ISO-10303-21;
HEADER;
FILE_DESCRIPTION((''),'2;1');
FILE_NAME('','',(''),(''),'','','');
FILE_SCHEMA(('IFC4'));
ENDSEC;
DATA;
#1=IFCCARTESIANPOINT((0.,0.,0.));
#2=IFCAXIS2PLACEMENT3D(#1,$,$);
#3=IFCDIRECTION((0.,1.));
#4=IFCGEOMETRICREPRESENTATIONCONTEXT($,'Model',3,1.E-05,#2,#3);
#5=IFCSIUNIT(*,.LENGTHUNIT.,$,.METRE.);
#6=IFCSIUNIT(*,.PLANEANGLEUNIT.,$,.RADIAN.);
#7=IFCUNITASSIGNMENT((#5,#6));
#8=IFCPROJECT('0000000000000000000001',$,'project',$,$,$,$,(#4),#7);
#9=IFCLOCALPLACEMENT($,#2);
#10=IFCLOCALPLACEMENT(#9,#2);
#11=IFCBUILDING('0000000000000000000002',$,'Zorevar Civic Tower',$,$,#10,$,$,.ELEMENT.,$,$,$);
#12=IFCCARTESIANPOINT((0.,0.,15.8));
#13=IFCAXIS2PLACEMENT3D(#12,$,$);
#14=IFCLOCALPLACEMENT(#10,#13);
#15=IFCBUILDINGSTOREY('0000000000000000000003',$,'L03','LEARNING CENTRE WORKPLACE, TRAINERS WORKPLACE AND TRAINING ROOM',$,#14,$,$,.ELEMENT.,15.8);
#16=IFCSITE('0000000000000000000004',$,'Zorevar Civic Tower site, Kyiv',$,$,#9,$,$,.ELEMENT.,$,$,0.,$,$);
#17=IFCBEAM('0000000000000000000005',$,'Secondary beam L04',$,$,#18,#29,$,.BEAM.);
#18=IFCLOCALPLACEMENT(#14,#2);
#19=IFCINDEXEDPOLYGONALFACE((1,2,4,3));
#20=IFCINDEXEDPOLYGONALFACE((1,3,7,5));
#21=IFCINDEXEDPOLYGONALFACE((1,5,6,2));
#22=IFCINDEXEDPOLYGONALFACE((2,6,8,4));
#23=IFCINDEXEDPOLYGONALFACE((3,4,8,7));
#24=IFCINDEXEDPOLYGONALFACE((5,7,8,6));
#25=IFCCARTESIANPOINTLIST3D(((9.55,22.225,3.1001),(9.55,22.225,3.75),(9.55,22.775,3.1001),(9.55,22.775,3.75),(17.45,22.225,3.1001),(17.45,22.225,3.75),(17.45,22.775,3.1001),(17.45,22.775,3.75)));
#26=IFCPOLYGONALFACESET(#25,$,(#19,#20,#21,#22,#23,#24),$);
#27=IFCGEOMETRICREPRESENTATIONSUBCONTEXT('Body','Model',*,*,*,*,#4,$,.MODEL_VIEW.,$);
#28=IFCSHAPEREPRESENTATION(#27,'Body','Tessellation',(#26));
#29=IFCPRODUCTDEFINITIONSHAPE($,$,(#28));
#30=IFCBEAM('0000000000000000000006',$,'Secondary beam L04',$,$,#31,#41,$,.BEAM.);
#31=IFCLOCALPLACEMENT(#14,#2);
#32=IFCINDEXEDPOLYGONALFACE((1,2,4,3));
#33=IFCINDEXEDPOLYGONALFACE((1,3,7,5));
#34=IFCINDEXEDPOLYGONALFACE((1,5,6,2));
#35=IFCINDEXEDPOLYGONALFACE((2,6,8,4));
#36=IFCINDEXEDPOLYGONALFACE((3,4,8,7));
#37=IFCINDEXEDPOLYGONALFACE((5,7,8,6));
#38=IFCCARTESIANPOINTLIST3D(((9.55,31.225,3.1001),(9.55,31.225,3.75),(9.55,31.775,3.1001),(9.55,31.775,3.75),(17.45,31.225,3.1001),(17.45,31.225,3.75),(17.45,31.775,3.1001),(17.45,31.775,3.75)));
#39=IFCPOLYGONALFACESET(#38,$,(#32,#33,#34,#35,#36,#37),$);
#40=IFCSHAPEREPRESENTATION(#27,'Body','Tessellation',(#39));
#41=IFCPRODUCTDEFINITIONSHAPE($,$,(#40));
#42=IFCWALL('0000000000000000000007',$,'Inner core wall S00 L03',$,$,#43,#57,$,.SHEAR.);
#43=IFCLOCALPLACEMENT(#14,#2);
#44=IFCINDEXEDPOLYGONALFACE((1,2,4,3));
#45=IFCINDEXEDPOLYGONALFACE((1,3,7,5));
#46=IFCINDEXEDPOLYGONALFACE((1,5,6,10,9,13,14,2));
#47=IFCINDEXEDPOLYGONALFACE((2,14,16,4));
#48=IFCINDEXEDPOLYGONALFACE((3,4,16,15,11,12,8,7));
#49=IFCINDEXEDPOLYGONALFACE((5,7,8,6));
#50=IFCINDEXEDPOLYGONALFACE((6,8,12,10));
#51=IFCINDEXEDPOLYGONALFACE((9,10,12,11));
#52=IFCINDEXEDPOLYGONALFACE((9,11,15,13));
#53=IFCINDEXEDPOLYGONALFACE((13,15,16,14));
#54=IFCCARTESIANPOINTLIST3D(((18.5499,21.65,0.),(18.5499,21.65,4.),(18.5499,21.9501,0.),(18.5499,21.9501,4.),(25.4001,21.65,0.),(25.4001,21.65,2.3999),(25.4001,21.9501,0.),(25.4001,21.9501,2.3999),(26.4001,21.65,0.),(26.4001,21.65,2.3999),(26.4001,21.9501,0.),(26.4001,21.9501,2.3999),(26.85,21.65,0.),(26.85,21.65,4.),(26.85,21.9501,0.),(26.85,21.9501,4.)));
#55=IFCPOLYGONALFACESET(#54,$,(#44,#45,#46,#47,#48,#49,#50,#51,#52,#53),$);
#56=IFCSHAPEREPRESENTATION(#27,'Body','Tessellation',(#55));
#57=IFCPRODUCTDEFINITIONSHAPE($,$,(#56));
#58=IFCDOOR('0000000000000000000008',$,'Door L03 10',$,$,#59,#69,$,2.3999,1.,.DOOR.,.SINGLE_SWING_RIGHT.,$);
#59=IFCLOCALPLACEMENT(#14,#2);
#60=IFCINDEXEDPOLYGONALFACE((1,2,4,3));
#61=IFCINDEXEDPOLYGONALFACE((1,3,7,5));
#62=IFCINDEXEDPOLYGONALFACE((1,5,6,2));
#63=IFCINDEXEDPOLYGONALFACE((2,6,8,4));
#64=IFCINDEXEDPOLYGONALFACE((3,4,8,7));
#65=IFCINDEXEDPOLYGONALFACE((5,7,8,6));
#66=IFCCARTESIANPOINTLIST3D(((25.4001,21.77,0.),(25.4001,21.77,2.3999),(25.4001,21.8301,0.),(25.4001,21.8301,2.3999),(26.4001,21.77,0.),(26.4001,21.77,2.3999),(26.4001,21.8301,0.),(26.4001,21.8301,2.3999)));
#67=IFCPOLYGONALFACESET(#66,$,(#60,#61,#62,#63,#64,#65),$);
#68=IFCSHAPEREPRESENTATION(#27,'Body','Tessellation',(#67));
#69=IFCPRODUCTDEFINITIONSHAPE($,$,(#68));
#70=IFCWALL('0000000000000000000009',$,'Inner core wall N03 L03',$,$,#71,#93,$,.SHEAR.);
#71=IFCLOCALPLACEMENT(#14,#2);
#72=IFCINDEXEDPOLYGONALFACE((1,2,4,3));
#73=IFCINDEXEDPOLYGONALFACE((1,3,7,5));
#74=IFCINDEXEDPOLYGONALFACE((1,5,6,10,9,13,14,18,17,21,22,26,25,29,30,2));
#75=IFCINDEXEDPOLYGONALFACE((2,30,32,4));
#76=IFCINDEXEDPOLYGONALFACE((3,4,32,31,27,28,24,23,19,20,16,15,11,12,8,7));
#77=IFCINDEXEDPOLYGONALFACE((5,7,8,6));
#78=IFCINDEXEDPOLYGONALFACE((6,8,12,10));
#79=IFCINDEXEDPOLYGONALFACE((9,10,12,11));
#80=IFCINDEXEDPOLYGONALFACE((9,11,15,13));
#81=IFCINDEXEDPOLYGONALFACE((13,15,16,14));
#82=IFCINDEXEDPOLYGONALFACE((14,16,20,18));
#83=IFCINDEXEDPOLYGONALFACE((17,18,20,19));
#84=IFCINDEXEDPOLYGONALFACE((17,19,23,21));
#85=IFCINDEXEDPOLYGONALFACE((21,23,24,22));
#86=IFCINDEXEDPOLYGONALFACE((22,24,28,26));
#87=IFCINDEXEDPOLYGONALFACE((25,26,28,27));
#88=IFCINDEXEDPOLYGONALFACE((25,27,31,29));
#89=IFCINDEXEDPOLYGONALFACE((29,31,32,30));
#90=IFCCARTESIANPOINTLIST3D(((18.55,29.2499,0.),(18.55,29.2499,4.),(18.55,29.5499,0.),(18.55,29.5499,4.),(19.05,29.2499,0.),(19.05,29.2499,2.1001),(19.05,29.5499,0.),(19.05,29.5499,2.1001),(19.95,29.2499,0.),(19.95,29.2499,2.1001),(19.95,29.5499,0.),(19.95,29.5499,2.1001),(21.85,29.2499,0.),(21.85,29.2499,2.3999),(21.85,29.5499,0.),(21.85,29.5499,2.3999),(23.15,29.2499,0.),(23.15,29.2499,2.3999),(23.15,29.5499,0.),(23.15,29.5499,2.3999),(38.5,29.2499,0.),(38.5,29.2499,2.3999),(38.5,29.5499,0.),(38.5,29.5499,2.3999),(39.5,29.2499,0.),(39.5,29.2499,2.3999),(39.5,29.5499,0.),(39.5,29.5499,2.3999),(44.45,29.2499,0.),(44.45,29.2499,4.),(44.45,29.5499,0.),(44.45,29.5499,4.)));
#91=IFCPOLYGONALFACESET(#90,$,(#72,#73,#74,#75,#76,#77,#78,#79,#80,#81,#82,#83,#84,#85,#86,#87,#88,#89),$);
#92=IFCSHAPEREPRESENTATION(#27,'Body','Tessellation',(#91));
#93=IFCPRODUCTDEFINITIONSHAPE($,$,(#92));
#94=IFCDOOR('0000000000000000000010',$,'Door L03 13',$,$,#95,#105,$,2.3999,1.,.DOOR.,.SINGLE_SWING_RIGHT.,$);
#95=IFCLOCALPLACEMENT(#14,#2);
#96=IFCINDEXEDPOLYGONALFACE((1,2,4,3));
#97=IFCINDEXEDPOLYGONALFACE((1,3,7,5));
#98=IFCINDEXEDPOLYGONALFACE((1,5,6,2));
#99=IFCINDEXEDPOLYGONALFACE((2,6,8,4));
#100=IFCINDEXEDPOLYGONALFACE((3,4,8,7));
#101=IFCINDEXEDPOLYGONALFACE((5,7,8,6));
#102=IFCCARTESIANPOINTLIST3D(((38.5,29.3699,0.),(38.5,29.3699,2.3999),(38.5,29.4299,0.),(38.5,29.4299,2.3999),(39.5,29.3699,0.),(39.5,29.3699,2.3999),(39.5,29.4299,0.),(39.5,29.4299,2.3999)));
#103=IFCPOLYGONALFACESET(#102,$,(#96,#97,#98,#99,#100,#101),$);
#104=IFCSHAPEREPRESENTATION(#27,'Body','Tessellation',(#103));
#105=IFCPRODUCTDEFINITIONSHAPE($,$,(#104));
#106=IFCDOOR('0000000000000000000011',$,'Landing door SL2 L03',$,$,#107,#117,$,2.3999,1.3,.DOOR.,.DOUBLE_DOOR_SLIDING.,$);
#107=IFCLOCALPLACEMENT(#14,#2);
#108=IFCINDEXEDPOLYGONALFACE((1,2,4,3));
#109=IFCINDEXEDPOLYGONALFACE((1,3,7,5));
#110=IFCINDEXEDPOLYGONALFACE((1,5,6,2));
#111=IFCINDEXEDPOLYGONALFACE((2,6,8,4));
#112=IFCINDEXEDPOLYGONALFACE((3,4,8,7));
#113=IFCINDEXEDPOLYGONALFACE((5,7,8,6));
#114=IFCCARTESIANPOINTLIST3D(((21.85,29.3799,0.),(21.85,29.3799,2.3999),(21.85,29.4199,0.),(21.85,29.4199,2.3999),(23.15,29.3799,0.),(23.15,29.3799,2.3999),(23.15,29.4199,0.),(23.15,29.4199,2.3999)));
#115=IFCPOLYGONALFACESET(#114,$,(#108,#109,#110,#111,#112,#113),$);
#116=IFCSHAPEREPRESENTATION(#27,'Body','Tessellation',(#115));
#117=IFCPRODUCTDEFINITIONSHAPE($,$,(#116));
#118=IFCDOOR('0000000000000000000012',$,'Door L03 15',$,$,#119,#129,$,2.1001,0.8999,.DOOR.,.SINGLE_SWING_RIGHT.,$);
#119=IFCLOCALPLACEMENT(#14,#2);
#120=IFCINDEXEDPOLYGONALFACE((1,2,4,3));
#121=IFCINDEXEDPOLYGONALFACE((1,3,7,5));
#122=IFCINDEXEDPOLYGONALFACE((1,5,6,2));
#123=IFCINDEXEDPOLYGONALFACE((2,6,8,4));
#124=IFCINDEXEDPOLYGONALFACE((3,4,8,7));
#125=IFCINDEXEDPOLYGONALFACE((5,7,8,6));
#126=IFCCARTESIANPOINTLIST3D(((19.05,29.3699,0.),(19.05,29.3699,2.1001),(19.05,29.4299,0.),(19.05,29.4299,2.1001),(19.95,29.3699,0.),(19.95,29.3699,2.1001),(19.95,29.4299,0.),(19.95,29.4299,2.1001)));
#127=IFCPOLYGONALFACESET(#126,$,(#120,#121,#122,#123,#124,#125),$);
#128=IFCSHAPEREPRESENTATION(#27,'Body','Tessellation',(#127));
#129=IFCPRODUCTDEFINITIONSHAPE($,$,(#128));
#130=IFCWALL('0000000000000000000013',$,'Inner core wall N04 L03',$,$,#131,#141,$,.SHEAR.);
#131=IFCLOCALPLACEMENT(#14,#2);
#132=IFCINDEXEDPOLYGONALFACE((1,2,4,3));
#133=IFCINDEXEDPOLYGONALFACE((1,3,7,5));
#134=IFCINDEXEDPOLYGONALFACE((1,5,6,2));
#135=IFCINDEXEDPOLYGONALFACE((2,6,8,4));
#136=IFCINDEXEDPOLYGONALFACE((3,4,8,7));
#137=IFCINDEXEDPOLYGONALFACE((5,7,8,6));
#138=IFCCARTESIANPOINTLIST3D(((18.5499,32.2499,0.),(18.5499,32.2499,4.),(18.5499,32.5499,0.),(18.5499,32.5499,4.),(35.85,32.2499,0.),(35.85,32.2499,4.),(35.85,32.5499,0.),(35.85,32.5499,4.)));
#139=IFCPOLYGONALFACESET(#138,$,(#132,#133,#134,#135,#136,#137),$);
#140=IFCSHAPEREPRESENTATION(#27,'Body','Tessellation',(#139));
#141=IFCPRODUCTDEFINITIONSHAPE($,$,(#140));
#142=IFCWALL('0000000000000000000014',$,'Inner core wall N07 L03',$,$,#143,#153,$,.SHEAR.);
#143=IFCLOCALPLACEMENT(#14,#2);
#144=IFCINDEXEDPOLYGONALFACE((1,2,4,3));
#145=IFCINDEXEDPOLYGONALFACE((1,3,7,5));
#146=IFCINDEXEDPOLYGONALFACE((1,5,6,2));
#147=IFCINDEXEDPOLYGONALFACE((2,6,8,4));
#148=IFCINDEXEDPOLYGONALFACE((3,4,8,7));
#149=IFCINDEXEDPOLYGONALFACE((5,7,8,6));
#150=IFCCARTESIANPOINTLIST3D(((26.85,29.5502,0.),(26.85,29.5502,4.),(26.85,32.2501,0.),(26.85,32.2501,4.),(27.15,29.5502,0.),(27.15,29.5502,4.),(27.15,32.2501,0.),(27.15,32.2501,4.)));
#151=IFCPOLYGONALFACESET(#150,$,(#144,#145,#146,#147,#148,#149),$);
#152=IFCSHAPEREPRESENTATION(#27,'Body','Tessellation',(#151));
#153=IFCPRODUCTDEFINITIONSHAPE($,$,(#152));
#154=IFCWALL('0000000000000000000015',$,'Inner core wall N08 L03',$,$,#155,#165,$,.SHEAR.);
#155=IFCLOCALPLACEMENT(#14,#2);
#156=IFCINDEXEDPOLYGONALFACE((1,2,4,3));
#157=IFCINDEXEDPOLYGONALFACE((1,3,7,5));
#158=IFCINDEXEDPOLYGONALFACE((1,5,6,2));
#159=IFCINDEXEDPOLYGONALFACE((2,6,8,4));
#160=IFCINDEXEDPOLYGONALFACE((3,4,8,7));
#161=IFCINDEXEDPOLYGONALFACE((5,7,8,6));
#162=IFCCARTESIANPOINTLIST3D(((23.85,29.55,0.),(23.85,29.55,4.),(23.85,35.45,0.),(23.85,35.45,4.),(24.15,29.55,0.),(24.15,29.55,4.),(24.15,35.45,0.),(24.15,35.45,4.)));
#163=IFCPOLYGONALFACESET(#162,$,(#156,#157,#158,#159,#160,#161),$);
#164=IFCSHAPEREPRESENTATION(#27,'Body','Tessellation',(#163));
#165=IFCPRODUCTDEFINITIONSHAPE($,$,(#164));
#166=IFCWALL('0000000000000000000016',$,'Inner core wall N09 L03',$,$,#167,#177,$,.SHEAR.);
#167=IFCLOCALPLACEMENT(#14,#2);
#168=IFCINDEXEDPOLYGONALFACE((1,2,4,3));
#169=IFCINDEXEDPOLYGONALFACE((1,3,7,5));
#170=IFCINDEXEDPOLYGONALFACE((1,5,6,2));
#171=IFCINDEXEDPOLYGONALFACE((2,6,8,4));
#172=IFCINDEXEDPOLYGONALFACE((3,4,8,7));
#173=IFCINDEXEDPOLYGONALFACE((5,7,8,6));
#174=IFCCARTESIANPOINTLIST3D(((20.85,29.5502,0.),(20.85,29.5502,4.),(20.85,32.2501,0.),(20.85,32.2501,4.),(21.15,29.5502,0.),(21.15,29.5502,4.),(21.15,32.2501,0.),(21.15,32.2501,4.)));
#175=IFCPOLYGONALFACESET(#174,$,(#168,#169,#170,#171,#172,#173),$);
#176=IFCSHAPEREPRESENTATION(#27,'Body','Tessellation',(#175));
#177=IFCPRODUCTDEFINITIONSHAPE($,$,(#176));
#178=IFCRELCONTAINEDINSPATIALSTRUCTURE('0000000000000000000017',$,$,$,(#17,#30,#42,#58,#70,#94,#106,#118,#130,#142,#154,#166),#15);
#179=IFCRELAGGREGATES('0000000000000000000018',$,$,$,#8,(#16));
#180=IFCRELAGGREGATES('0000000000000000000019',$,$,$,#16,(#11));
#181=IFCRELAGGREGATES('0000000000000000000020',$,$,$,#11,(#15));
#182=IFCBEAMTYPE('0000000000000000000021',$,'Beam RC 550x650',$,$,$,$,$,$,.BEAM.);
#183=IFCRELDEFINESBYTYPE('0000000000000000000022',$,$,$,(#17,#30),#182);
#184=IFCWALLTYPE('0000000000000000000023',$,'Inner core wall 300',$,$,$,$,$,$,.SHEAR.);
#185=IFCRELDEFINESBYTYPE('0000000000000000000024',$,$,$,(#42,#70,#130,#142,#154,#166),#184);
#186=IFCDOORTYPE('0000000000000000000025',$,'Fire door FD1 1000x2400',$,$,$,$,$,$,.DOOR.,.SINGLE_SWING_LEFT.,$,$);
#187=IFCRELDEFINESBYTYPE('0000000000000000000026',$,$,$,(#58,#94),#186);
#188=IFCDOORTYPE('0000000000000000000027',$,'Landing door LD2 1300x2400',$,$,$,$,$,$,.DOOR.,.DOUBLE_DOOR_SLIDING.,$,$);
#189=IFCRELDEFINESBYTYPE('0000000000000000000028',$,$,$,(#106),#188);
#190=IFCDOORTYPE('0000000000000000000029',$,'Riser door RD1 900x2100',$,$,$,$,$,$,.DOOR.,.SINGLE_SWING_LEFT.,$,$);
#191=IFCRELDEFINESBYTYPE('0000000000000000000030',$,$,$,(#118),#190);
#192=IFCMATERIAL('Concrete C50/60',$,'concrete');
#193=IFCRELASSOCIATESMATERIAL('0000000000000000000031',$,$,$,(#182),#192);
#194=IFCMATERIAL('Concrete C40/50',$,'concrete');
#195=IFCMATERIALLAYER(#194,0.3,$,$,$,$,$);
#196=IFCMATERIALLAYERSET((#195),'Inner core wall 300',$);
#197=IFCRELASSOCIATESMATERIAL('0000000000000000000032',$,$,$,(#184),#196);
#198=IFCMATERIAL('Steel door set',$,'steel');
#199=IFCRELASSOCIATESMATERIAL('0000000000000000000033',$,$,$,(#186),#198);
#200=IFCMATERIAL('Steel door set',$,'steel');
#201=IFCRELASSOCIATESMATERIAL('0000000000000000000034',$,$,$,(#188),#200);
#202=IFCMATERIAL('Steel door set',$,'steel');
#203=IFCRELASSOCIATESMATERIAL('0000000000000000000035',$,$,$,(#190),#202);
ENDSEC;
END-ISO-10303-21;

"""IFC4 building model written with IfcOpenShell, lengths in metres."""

from ifc_helpers import new_model, si_unit, direction, frame, frame_2d, origin, origin_2d, place, context, subcontext, project, spatial, rectangle, extrude, material, layer, layer_set, material_profile, profile_set, type_object, element, fill, save


model = new_model("IFC4")

# Units and contexts
model_context = context("Model", 3, precision=1e-05, world=origin(), true_north=direction((0.0, 1.0)))
body_context = subcontext(model_context, "Body", "Model", "MODEL_VIEW")
ifc_project = project(units=[si_unit("LENGTHUNIT", "METRE"), si_unit("PLANEANGLEUNIT", "RADIAN")], contexts=[model_context])

# Site, building, storey
site_placement = place(None, origin())
site = spatial("IfcSite", under=ifc_project, at=site_placement, Name="Zorevar Civic Tower site, Kyiv", CompositionType="ELEMENT", RefElevation=0.0)
building_placement = place(site_placement, origin())
building = spatial("IfcBuilding", under=site, at=building_placement, Name="Zorevar Civic Tower", CompositionType="ELEMENT")
storey_placement = place(building_placement, frame((0.0, 0.0, 15.8)))
storey = spatial("IfcBuildingStorey", under=building, at=storey_placement, Name="L03", Description="LEARNING CENTRE WORKPLACE, TRAINERS WORKPLACE AND TRAINING ROOM", CompositionType="ELEMENT", Elevation=15.8)

# Beams
ifc_material_1 = material(Name="Concrete C50/60", Category="concrete")
ifc_material_profile = material_profile(ifc_material_1, rectangle(XDim=0.55, YDim=0.6499, at=origin_2d()), Name="RC 550x650")
ifc_profile_set = profile_set([ifc_material_profile], Name="Concrete C50/60")
beam_type = type_object("IfcBeamType", Name="Beam RC 550x650", PredefinedType="BEAM", material=ifc_profile_set)
for number, where, z_axis, x_axis, name in (
    (1, (9.55, 22.5, 3.425), (1.0, 0.0, 0.0), (0.0, 1.0, 0.0), "Secondary beam L04"),
    (2, (9.55, 31.5, 3.425), (1.0, 0.0, 0.0), (0.0, 1.0, 0.0), "Secondary beam L04"),
):
    element("IfcBeam", number, at=place(storey_placement, frame(where, z_axis=z_axis, x_axis=x_axis)), inside=storey, type_object=beam_type, Name=name, PredefinedType="BEAM", context=body_context, shape_type="SweptSolid", body=[
        extrude(rectangle(XDim=0.55, YDim=0.6499, at=origin_2d()), origin(), (0.0, 0.0, 1.0), 7.8999),
    ])

# Wall, opening, door
ifc_material_2 = material(Name="Concrete C40/50", Category="concrete")
ifc_layer = layer(ifc_material_2, 0.3)
ifc_layer_set = layer_set([ifc_layer], Name="Inner core wall 300")
wall_type = type_object("IfcWallType", Name="Inner core wall 300", PredefinedType="SHEAR", material=ifc_layer_set)
wall_1_placement = place(storey_placement, frame((18.55, 21.8, 0.0), z_axis=(0.0, 0.0, 1.0), x_axis=(1.0, 0.0, 0.0)))
wall_1 = element("IfcWall", 3, at=wall_1_placement, inside=storey, type_object=wall_type, Name="Inner core wall S00 L03", PredefinedType="SHEAR", context=body_context, shape_type="SweptSolid", body=[
    extrude(rectangle(XDim=8.3, YDim=0.3, at=frame_2d((4.1499, 0.0))), origin(), (0.0, 0.0, 1.0), 4.0),
])
opening_1_placement = place(wall_1_placement, frame((6.8501, 0.0, 0.0)))
opening_1 = element("IfcOpeningElement", 4, at=opening_1_placement, cuts=wall_1, PredefinedType="OPENING", context=body_context, shape_type="SweptSolid", body=[
    extrude(rectangle(XDim=1.0, YDim=2.3999, at=frame_2d((0.5, 1.2))), frame((0.0, 0.1599, 0.0), z_axis=(0.0, -1.0, 0.0), x_axis=(1.0, 0.0, 0.0)), (0.0, 0.0, 1.0), 0.3201),
])
ifc_material_3 = material(Name="Steel door set", Category="steel")
door_type_1 = type_object("IfcDoorType", Name="Fire door FD1 1000x2400", OperationType="SINGLE_SWING_LEFT", PredefinedType="DOOR", material=ifc_material_3)
door_1_placement = place(opening_1_placement, origin())
door_1 = element("IfcDoor", 5, at=door_1_placement, inside=storey, type_object=door_type_1, Name="Door L03 10", OperationType="SINGLE_SWING_RIGHT", OverallHeight=2.3999, OverallWidth=1.0, PredefinedType="DOOR", context=body_context, shape_type="SweptSolid", body=[
    extrude(rectangle(XDim=1.0, YDim=2.3999, at=frame_2d((0.5, 1.2))), frame((0.0, 0.03, 0.0), z_axis=(0.0, -1.0, 0.0), x_axis=(1.0, 0.0, 0.0)), (0.0, 0.0, 1.0), 0.0601),
])
fill(opening_1, door_1)

# Wall, openings, doors
ifc_material_4 = material(Name="Steel door set", Category="steel")
door_type_2 = type_object("IfcDoorType", Name="Landing door LD2 1300x2400", OperationType="DOUBLE_DOOR_SLIDING", PredefinedType="DOOR", material=ifc_material_4)
ifc_material_5 = material(Name="Steel door set", Category="steel")
door_type_3 = type_object("IfcDoorType", Name="Riser door RD1 900x2100", OperationType="SINGLE_SWING_LEFT", PredefinedType="DOOR", material=ifc_material_5)
wall_2_placement = place(storey_placement, frame((18.55, 29.3999, 0.0), z_axis=(0.0, 0.0, 1.0), x_axis=(1.0, 0.0, 0.0)))
wall_2 = element("IfcWall", 6, at=wall_2_placement, inside=storey, type_object=wall_type, Name="Inner core wall N03 L03", PredefinedType="SHEAR", context=body_context, shape_type="SweptSolid", body=[
    extrude(rectangle(XDim=25.8999, YDim=0.3, at=frame_2d((12.95, 0.0))), origin(), (0.0, 0.0, 1.0), 4.0),
])
opening_2_placement = place(wall_2_placement, frame((19.95, 0.0, 0.0)))
opening_2 = element("IfcOpeningElement", 7, at=opening_2_placement, cuts=wall_2, PredefinedType="OPENING", context=body_context, shape_type="SweptSolid", body=[
    extrude(rectangle(XDim=1.0, YDim=2.3999, at=frame_2d((0.5, 1.2))), frame((0.0, 0.1599, 0.0), z_axis=(0.0, -1.0, 0.0), x_axis=(1.0, 0.0, 0.0)), (0.0, 0.0, 1.0), 0.3201),
])
opening_3_placement = place(wall_2_placement, frame((0.5, 0.0, 0.0)))
opening_3 = element("IfcOpeningElement", 8, at=opening_3_placement, cuts=wall_2, PredefinedType="OPENING", context=body_context, shape_type="SweptSolid", body=[
    extrude(rectangle(XDim=0.8999, YDim=2.1001, at=frame_2d((0.45, 1.05))), frame((0.0, 0.1599, 0.0), z_axis=(0.0, -1.0, 0.0), x_axis=(1.0, 0.0, 0.0)), (0.0, 0.0, 1.0), 0.3201),
])
opening_4_placement = place(wall_2_placement, frame((3.3, 0.0, 0.0)))
opening_4 = element("IfcOpeningElement", 9, at=opening_4_placement, cuts=wall_2, PredefinedType="OPENING", context=body_context, shape_type="SweptSolid", body=[
    extrude(rectangle(XDim=1.3, YDim=2.3999, at=frame_2d((0.6499, 1.2))), frame((0.0, 0.1599, 0.0), z_axis=(0.0, -1.0, 0.0), x_axis=(1.0, 0.0, 0.0)), (0.0, 0.0, 1.0), 0.3201),
])
door_2_placement = place(opening_2_placement, origin())
door_2 = element("IfcDoor", 10, at=door_2_placement, inside=storey, type_object=door_type_1, Name="Door L03 13", OperationType="SINGLE_SWING_RIGHT", OverallHeight=2.3999, OverallWidth=1.0, PredefinedType="DOOR", context=body_context, shape_type="SweptSolid", body=[
    extrude(rectangle(XDim=1.0, YDim=2.3999, at=frame_2d((0.5, 1.2))), frame((0.0, 0.03, 0.0), z_axis=(0.0, -1.0, 0.0), x_axis=(1.0, 0.0, 0.0)), (0.0, 0.0, 1.0), 0.0601),
])
fill(opening_2, door_2)
door_3_placement = place(opening_4_placement, origin())
door_3 = element("IfcDoor", 11, at=door_3_placement, inside=storey, type_object=door_type_2, Name="Landing door SL2 L03", OperationType="DOUBLE_DOOR_SLIDING", OverallHeight=2.3999, OverallWidth=1.3, PredefinedType="DOOR", context=body_context, shape_type="SweptSolid", body=[
    extrude(rectangle(XDim=1.3, YDim=2.3999, at=frame_2d((0.6499, 1.2))), frame((0.0, 0.02, 0.0), z_axis=(0.0, -1.0, 0.0), x_axis=(1.0, 0.0, 0.0)), (0.0, 0.0, 1.0), 0.04),
])
fill(opening_4, door_3)
door_4_placement = place(opening_3_placement, origin())
door_4 = element("IfcDoor", 12, at=door_4_placement, inside=storey, type_object=door_type_3, Name="Door L03 15", OperationType="SINGLE_SWING_RIGHT", OverallHeight=2.1001, OverallWidth=0.8999, PredefinedType="DOOR", context=body_context, shape_type="SweptSolid", body=[
    extrude(rectangle(XDim=0.8999, YDim=2.1001, at=frame_2d((0.45, 1.05))), frame((0.0, 0.03, 0.0), z_axis=(0.0, -1.0, 0.0), x_axis=(1.0, 0.0, 0.0)), (0.0, 0.0, 1.0), 0.0601),
])
fill(opening_3, door_4)

# Walls
wall_3_placement = place(storey_placement, frame((18.55, 32.3999, 0.0), z_axis=(0.0, 0.0, 1.0), x_axis=(1.0, 0.0, 0.0)))
element("IfcWall", 13, at=wall_3_placement, inside=storey, type_object=wall_type, Name="Inner core wall N04 L03", PredefinedType="SHEAR", context=body_context, shape_type="SweptSolid", body=[
    extrude(rectangle(XDim=17.3, YDim=0.3, at=frame_2d((8.6499, 0.0))), origin(), (0.0, 0.0, 1.0), 4.0),
])
wall_4_placement = place(storey_placement, frame((27.0, 29.55, 0.0), z_axis=(0.0, 0.0, 1.0), x_axis=(0.0, 1.0, 0.0)))
element("IfcWall", 14, at=wall_4_placement, inside=storey, type_object=wall_type, Name="Inner core wall N07 L03", PredefinedType="SHEAR", context=body_context, shape_type="SweptSolid", body=[
    extrude(rectangle(XDim=2.7, YDim=0.3, at=frame_2d((1.3501, 0.0))), origin(), (0.0, 0.0, 1.0), 4.0),
])
wall_5_placement = place(storey_placement, frame((24.0, 29.55, 0.0), z_axis=(0.0, 0.0, 1.0), x_axis=(0.0, 1.0, 0.0)))
element("IfcWall", 15, at=wall_5_placement, inside=storey, type_object=wall_type, Name="Inner core wall N08 L03", PredefinedType="SHEAR", context=body_context, shape_type="SweptSolid", body=[
    extrude(rectangle(XDim=5.8999, YDim=0.3, at=frame_2d((2.95, 0.0))), origin(), (0.0, 0.0, 1.0), 4.0),
])
wall_6_placement = place(storey_placement, frame((21.0, 29.55, 0.0), z_axis=(0.0, 0.0, 1.0), x_axis=(0.0, 1.0, 0.0)))
element("IfcWall", 16, at=wall_6_placement, inside=storey, type_object=wall_type, Name="Inner core wall N09 L03", PredefinedType="SHEAR", context=body_context, shape_type="SweptSolid", body=[
    extrude(rectangle(XDim=2.7, YDim=0.3, at=frame_2d((1.3501, 0.0))), origin(), (0.0, 0.0, 1.0), 4.0),
])

save(model, "model.ifc")
